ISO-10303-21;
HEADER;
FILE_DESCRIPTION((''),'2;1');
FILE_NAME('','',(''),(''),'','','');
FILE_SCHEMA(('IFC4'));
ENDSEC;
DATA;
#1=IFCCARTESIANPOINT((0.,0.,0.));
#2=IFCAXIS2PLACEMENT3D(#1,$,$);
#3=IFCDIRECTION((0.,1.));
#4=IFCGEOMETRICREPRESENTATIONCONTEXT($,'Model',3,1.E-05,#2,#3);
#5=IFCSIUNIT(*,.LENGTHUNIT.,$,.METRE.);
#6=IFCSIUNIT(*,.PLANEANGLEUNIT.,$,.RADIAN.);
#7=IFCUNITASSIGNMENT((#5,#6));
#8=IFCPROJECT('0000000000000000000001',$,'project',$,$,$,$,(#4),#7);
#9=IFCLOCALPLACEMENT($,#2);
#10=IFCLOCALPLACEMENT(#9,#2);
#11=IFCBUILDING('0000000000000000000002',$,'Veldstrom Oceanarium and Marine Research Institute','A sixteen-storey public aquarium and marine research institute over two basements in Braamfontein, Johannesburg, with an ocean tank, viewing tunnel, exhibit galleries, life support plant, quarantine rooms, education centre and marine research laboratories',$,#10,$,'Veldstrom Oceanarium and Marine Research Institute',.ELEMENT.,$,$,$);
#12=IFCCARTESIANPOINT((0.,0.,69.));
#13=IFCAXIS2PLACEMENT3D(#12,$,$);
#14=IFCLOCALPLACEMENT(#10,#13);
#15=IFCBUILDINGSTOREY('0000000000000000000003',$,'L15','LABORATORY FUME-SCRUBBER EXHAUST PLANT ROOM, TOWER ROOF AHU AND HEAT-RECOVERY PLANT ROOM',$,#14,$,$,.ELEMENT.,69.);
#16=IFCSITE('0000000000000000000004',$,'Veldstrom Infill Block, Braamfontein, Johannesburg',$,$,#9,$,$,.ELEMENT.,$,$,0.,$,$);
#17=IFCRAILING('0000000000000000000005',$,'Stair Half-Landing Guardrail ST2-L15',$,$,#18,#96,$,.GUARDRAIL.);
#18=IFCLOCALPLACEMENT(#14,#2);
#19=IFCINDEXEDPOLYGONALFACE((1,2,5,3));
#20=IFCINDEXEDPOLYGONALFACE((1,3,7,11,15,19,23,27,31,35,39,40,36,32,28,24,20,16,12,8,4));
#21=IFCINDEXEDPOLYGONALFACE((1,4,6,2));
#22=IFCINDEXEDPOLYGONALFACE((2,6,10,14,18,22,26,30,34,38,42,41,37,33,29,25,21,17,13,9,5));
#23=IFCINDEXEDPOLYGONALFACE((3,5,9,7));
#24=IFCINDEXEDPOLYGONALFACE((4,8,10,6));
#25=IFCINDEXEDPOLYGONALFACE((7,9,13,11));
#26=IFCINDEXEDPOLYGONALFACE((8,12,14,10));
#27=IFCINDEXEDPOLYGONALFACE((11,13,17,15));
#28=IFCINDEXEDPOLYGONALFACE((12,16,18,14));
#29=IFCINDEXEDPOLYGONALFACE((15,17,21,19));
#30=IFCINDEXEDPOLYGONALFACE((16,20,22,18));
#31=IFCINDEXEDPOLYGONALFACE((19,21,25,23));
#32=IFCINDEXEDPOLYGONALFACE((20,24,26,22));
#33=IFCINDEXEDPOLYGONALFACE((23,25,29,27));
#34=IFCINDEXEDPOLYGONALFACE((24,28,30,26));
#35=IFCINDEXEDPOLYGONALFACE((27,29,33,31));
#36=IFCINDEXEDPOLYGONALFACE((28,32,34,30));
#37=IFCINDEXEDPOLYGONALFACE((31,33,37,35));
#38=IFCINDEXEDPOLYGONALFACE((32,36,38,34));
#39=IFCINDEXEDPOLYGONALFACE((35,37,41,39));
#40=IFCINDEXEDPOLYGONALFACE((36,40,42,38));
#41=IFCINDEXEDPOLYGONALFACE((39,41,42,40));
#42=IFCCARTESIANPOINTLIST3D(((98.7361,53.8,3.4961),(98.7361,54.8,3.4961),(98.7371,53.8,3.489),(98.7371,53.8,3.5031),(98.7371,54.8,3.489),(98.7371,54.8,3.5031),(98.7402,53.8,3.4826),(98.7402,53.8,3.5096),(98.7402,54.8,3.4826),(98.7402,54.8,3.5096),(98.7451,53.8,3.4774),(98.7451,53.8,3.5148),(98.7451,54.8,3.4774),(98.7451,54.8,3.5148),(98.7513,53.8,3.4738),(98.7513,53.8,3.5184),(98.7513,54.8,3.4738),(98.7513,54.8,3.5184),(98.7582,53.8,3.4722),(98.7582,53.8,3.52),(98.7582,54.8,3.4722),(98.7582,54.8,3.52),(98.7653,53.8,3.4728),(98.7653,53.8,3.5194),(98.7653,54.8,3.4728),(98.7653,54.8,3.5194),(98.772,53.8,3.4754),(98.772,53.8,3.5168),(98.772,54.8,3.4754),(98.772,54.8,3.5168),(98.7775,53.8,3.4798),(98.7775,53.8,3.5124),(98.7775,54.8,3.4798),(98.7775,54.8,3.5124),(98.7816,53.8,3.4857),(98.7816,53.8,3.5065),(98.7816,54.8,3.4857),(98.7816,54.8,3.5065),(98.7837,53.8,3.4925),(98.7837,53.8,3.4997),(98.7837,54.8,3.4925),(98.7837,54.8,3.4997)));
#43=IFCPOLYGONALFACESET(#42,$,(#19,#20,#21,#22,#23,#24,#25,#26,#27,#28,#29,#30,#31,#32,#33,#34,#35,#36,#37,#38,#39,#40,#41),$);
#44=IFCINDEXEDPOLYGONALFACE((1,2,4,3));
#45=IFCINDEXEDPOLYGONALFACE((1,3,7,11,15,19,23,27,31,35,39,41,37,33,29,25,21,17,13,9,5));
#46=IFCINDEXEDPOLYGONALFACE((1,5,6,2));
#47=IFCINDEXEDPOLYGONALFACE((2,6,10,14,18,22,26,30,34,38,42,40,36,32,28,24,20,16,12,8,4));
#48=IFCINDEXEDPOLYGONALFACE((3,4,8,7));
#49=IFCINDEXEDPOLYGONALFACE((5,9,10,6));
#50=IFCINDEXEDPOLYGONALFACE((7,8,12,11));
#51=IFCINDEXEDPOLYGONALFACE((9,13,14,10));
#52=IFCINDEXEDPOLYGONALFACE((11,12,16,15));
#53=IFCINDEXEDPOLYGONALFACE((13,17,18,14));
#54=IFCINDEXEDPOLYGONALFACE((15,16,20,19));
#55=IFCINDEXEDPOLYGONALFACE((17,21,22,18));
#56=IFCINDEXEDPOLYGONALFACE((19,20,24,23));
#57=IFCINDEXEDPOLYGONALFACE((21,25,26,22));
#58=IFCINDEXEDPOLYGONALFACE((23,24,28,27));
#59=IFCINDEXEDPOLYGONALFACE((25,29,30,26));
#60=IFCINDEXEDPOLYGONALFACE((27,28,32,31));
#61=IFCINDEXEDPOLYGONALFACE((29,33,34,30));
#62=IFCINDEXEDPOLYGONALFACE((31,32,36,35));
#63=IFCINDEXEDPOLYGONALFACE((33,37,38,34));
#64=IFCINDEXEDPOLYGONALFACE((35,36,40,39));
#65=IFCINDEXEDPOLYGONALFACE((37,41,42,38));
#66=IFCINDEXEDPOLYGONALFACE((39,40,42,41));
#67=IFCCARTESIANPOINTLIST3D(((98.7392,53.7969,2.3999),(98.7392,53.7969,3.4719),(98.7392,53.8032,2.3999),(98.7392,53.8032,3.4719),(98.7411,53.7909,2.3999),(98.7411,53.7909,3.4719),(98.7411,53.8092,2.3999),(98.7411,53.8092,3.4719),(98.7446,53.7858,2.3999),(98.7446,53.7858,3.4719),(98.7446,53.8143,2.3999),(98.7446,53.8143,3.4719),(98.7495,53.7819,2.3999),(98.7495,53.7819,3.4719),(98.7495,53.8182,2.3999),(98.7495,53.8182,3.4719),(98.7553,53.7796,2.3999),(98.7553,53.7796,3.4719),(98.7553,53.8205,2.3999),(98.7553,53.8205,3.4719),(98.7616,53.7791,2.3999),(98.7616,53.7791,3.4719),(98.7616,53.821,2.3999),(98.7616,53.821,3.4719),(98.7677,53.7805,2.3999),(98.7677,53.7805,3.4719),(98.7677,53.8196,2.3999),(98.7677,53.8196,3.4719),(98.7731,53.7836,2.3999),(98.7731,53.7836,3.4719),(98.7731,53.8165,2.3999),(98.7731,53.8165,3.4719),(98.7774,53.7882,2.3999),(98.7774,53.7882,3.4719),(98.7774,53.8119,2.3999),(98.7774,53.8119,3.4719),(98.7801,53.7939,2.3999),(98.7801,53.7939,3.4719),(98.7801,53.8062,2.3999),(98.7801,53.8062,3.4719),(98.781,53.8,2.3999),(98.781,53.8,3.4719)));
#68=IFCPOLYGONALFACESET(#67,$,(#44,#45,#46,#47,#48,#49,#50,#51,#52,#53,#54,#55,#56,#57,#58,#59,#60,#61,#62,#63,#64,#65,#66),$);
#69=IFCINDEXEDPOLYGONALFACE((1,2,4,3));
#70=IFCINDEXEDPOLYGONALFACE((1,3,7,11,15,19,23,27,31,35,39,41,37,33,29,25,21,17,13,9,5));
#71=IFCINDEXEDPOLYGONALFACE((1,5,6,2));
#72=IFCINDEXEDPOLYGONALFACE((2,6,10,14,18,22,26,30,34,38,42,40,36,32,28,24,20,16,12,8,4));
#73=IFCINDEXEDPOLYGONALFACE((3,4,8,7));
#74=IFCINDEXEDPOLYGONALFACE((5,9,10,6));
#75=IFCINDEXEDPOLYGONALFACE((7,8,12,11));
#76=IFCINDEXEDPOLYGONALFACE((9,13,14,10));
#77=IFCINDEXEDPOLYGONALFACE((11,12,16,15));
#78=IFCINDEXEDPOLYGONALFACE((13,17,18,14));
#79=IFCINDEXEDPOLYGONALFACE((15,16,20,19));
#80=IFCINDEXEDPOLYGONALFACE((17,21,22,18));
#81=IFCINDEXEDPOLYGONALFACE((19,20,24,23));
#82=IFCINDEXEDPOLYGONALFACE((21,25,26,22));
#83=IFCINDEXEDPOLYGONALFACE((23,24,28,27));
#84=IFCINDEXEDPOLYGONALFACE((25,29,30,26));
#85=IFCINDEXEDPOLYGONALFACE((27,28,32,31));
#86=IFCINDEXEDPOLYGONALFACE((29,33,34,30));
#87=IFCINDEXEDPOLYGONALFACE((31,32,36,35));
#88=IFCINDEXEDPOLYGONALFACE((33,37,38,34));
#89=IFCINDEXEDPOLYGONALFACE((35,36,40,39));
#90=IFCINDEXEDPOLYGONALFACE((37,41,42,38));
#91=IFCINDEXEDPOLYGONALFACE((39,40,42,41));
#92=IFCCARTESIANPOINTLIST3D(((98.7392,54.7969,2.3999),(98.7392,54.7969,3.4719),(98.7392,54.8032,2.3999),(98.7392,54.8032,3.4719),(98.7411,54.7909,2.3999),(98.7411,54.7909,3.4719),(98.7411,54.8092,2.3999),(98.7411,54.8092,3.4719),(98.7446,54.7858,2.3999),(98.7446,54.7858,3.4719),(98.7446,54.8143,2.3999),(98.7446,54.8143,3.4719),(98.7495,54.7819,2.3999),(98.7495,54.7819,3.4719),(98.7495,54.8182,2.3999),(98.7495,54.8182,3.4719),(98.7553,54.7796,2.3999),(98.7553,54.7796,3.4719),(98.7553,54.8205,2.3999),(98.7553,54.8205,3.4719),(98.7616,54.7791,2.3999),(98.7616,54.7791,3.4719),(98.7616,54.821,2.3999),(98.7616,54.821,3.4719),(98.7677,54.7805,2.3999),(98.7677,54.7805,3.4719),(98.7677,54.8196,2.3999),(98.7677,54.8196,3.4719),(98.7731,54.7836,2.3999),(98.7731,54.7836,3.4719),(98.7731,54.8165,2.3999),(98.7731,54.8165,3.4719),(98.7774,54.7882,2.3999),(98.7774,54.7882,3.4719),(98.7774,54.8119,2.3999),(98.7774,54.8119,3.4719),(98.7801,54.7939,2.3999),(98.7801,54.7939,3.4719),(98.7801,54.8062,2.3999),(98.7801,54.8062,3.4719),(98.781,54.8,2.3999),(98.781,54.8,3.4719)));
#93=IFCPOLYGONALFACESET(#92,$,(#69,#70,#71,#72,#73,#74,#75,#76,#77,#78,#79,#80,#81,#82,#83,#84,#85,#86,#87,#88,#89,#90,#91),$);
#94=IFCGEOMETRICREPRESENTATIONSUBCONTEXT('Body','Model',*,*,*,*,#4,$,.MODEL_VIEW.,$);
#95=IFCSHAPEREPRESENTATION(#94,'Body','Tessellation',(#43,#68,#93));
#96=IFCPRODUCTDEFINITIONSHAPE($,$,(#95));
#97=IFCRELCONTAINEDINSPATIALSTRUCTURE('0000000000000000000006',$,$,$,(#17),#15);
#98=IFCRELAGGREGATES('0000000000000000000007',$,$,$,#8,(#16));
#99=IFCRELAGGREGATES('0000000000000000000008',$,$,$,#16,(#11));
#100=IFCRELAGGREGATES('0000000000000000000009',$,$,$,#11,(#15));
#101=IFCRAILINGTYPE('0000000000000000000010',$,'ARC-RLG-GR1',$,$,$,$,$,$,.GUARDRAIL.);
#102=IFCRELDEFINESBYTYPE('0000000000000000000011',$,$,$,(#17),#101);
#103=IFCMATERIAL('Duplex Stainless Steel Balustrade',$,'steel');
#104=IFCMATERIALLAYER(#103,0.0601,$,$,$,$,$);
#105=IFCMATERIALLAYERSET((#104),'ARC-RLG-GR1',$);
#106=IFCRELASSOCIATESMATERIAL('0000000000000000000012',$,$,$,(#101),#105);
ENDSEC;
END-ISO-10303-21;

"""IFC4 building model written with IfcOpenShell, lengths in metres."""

from ifc_helpers import new_model, si_unit, direction, frame, origin, origin_2d, place, context, subcontext, project, spatial, circle, extrude, material, layer, layer_set, type_object, element, save


model = new_model("IFC4")

# Units and contexts
model_context = context("Model", 3, precision=1e-05, world=origin(), true_north=direction((0.0, 1.0)))
body_context = subcontext(model_context, "Body", "Model", "MODEL_VIEW")
ifc_project = project(units=[si_unit("LENGTHUNIT", "METRE"), si_unit("PLANEANGLEUNIT", "RADIAN")], contexts=[model_context])

# Site, building, storey
site_placement = place(None, origin())
site = spatial("IfcSite", under=ifc_project, at=site_placement, Name="Veldstrom Infill Block, Braamfontein, Johannesburg", CompositionType="ELEMENT", RefElevation=0.0)
building_placement = place(site_placement, origin())
building = spatial("IfcBuilding", under=site, at=building_placement, Name="Veldstrom Oceanarium and Marine Research Institute", Description="A sixteen-storey public aquarium and marine research institute over two basements in Braamfontein, Johannesburg, with an ocean tank, viewing tunnel, exhibit galleries, life support plant, quarantine rooms, education centre and marine research laboratories", LongName="Veldstrom Oceanarium and Marine Research Institute", CompositionType="ELEMENT")
storey_placement = place(building_placement, frame((0.0, 0.0, 69.0)))
storey = spatial("IfcBuildingStorey", under=building, at=storey_placement, Name="L15", Description="LABORATORY FUME-SCRUBBER EXHAUST PLANT ROOM, TOWER ROOF AHU AND HEAT-RECOVERY PLANT ROOM", CompositionType="ELEMENT", Elevation=69.0)

# Railing
ifc_material_1 = material(Name="Duplex Stainless Steel Balustrade", Category="steel")
ifc_layer_1 = layer(ifc_material_1, 0.0601)
ifc_layer_set_1 = layer_set([ifc_layer_1], Name="ARC-RLG-GR1")
railing_type_1 = type_object("IfcRailingType", Name="ARC-RLG-GR1", PredefinedType="GUARDRAIL", material=ifc_layer_set_1)
railing_1_placement = place(storey_placement, frame((98.76, 53.8, 2.3999)))
element("IfcRailing", 1, at=railing_1_placement, inside=storey, type_object=railing_type_1, Name="Stair Half-Landing Guardrail ST2-L15", PredefinedType="GUARDRAIL", context=body_context, shape_type="SweptSolid", body=[
    extrude(circle(Radius=0.0239, at=origin_2d()), frame((0.0, 0.0, 1.0962), z_axis=(0.0, 1.0, 0.0), x_axis=(-1.0, 0.0, 0.0)), (0.0, 0.0, 1.0), 1.0),
    extrude(circle(Radius=0.021, at=origin_2d()), origin(), (0.0, 0.0, 1.0), 1.072),
    extrude(circle(Radius=0.021, at=origin_2d()), frame((0.0, 1.0, 0.0)), (0.0, 0.0, 1.0), 1.072),
])

save(model, "model.ifc")
